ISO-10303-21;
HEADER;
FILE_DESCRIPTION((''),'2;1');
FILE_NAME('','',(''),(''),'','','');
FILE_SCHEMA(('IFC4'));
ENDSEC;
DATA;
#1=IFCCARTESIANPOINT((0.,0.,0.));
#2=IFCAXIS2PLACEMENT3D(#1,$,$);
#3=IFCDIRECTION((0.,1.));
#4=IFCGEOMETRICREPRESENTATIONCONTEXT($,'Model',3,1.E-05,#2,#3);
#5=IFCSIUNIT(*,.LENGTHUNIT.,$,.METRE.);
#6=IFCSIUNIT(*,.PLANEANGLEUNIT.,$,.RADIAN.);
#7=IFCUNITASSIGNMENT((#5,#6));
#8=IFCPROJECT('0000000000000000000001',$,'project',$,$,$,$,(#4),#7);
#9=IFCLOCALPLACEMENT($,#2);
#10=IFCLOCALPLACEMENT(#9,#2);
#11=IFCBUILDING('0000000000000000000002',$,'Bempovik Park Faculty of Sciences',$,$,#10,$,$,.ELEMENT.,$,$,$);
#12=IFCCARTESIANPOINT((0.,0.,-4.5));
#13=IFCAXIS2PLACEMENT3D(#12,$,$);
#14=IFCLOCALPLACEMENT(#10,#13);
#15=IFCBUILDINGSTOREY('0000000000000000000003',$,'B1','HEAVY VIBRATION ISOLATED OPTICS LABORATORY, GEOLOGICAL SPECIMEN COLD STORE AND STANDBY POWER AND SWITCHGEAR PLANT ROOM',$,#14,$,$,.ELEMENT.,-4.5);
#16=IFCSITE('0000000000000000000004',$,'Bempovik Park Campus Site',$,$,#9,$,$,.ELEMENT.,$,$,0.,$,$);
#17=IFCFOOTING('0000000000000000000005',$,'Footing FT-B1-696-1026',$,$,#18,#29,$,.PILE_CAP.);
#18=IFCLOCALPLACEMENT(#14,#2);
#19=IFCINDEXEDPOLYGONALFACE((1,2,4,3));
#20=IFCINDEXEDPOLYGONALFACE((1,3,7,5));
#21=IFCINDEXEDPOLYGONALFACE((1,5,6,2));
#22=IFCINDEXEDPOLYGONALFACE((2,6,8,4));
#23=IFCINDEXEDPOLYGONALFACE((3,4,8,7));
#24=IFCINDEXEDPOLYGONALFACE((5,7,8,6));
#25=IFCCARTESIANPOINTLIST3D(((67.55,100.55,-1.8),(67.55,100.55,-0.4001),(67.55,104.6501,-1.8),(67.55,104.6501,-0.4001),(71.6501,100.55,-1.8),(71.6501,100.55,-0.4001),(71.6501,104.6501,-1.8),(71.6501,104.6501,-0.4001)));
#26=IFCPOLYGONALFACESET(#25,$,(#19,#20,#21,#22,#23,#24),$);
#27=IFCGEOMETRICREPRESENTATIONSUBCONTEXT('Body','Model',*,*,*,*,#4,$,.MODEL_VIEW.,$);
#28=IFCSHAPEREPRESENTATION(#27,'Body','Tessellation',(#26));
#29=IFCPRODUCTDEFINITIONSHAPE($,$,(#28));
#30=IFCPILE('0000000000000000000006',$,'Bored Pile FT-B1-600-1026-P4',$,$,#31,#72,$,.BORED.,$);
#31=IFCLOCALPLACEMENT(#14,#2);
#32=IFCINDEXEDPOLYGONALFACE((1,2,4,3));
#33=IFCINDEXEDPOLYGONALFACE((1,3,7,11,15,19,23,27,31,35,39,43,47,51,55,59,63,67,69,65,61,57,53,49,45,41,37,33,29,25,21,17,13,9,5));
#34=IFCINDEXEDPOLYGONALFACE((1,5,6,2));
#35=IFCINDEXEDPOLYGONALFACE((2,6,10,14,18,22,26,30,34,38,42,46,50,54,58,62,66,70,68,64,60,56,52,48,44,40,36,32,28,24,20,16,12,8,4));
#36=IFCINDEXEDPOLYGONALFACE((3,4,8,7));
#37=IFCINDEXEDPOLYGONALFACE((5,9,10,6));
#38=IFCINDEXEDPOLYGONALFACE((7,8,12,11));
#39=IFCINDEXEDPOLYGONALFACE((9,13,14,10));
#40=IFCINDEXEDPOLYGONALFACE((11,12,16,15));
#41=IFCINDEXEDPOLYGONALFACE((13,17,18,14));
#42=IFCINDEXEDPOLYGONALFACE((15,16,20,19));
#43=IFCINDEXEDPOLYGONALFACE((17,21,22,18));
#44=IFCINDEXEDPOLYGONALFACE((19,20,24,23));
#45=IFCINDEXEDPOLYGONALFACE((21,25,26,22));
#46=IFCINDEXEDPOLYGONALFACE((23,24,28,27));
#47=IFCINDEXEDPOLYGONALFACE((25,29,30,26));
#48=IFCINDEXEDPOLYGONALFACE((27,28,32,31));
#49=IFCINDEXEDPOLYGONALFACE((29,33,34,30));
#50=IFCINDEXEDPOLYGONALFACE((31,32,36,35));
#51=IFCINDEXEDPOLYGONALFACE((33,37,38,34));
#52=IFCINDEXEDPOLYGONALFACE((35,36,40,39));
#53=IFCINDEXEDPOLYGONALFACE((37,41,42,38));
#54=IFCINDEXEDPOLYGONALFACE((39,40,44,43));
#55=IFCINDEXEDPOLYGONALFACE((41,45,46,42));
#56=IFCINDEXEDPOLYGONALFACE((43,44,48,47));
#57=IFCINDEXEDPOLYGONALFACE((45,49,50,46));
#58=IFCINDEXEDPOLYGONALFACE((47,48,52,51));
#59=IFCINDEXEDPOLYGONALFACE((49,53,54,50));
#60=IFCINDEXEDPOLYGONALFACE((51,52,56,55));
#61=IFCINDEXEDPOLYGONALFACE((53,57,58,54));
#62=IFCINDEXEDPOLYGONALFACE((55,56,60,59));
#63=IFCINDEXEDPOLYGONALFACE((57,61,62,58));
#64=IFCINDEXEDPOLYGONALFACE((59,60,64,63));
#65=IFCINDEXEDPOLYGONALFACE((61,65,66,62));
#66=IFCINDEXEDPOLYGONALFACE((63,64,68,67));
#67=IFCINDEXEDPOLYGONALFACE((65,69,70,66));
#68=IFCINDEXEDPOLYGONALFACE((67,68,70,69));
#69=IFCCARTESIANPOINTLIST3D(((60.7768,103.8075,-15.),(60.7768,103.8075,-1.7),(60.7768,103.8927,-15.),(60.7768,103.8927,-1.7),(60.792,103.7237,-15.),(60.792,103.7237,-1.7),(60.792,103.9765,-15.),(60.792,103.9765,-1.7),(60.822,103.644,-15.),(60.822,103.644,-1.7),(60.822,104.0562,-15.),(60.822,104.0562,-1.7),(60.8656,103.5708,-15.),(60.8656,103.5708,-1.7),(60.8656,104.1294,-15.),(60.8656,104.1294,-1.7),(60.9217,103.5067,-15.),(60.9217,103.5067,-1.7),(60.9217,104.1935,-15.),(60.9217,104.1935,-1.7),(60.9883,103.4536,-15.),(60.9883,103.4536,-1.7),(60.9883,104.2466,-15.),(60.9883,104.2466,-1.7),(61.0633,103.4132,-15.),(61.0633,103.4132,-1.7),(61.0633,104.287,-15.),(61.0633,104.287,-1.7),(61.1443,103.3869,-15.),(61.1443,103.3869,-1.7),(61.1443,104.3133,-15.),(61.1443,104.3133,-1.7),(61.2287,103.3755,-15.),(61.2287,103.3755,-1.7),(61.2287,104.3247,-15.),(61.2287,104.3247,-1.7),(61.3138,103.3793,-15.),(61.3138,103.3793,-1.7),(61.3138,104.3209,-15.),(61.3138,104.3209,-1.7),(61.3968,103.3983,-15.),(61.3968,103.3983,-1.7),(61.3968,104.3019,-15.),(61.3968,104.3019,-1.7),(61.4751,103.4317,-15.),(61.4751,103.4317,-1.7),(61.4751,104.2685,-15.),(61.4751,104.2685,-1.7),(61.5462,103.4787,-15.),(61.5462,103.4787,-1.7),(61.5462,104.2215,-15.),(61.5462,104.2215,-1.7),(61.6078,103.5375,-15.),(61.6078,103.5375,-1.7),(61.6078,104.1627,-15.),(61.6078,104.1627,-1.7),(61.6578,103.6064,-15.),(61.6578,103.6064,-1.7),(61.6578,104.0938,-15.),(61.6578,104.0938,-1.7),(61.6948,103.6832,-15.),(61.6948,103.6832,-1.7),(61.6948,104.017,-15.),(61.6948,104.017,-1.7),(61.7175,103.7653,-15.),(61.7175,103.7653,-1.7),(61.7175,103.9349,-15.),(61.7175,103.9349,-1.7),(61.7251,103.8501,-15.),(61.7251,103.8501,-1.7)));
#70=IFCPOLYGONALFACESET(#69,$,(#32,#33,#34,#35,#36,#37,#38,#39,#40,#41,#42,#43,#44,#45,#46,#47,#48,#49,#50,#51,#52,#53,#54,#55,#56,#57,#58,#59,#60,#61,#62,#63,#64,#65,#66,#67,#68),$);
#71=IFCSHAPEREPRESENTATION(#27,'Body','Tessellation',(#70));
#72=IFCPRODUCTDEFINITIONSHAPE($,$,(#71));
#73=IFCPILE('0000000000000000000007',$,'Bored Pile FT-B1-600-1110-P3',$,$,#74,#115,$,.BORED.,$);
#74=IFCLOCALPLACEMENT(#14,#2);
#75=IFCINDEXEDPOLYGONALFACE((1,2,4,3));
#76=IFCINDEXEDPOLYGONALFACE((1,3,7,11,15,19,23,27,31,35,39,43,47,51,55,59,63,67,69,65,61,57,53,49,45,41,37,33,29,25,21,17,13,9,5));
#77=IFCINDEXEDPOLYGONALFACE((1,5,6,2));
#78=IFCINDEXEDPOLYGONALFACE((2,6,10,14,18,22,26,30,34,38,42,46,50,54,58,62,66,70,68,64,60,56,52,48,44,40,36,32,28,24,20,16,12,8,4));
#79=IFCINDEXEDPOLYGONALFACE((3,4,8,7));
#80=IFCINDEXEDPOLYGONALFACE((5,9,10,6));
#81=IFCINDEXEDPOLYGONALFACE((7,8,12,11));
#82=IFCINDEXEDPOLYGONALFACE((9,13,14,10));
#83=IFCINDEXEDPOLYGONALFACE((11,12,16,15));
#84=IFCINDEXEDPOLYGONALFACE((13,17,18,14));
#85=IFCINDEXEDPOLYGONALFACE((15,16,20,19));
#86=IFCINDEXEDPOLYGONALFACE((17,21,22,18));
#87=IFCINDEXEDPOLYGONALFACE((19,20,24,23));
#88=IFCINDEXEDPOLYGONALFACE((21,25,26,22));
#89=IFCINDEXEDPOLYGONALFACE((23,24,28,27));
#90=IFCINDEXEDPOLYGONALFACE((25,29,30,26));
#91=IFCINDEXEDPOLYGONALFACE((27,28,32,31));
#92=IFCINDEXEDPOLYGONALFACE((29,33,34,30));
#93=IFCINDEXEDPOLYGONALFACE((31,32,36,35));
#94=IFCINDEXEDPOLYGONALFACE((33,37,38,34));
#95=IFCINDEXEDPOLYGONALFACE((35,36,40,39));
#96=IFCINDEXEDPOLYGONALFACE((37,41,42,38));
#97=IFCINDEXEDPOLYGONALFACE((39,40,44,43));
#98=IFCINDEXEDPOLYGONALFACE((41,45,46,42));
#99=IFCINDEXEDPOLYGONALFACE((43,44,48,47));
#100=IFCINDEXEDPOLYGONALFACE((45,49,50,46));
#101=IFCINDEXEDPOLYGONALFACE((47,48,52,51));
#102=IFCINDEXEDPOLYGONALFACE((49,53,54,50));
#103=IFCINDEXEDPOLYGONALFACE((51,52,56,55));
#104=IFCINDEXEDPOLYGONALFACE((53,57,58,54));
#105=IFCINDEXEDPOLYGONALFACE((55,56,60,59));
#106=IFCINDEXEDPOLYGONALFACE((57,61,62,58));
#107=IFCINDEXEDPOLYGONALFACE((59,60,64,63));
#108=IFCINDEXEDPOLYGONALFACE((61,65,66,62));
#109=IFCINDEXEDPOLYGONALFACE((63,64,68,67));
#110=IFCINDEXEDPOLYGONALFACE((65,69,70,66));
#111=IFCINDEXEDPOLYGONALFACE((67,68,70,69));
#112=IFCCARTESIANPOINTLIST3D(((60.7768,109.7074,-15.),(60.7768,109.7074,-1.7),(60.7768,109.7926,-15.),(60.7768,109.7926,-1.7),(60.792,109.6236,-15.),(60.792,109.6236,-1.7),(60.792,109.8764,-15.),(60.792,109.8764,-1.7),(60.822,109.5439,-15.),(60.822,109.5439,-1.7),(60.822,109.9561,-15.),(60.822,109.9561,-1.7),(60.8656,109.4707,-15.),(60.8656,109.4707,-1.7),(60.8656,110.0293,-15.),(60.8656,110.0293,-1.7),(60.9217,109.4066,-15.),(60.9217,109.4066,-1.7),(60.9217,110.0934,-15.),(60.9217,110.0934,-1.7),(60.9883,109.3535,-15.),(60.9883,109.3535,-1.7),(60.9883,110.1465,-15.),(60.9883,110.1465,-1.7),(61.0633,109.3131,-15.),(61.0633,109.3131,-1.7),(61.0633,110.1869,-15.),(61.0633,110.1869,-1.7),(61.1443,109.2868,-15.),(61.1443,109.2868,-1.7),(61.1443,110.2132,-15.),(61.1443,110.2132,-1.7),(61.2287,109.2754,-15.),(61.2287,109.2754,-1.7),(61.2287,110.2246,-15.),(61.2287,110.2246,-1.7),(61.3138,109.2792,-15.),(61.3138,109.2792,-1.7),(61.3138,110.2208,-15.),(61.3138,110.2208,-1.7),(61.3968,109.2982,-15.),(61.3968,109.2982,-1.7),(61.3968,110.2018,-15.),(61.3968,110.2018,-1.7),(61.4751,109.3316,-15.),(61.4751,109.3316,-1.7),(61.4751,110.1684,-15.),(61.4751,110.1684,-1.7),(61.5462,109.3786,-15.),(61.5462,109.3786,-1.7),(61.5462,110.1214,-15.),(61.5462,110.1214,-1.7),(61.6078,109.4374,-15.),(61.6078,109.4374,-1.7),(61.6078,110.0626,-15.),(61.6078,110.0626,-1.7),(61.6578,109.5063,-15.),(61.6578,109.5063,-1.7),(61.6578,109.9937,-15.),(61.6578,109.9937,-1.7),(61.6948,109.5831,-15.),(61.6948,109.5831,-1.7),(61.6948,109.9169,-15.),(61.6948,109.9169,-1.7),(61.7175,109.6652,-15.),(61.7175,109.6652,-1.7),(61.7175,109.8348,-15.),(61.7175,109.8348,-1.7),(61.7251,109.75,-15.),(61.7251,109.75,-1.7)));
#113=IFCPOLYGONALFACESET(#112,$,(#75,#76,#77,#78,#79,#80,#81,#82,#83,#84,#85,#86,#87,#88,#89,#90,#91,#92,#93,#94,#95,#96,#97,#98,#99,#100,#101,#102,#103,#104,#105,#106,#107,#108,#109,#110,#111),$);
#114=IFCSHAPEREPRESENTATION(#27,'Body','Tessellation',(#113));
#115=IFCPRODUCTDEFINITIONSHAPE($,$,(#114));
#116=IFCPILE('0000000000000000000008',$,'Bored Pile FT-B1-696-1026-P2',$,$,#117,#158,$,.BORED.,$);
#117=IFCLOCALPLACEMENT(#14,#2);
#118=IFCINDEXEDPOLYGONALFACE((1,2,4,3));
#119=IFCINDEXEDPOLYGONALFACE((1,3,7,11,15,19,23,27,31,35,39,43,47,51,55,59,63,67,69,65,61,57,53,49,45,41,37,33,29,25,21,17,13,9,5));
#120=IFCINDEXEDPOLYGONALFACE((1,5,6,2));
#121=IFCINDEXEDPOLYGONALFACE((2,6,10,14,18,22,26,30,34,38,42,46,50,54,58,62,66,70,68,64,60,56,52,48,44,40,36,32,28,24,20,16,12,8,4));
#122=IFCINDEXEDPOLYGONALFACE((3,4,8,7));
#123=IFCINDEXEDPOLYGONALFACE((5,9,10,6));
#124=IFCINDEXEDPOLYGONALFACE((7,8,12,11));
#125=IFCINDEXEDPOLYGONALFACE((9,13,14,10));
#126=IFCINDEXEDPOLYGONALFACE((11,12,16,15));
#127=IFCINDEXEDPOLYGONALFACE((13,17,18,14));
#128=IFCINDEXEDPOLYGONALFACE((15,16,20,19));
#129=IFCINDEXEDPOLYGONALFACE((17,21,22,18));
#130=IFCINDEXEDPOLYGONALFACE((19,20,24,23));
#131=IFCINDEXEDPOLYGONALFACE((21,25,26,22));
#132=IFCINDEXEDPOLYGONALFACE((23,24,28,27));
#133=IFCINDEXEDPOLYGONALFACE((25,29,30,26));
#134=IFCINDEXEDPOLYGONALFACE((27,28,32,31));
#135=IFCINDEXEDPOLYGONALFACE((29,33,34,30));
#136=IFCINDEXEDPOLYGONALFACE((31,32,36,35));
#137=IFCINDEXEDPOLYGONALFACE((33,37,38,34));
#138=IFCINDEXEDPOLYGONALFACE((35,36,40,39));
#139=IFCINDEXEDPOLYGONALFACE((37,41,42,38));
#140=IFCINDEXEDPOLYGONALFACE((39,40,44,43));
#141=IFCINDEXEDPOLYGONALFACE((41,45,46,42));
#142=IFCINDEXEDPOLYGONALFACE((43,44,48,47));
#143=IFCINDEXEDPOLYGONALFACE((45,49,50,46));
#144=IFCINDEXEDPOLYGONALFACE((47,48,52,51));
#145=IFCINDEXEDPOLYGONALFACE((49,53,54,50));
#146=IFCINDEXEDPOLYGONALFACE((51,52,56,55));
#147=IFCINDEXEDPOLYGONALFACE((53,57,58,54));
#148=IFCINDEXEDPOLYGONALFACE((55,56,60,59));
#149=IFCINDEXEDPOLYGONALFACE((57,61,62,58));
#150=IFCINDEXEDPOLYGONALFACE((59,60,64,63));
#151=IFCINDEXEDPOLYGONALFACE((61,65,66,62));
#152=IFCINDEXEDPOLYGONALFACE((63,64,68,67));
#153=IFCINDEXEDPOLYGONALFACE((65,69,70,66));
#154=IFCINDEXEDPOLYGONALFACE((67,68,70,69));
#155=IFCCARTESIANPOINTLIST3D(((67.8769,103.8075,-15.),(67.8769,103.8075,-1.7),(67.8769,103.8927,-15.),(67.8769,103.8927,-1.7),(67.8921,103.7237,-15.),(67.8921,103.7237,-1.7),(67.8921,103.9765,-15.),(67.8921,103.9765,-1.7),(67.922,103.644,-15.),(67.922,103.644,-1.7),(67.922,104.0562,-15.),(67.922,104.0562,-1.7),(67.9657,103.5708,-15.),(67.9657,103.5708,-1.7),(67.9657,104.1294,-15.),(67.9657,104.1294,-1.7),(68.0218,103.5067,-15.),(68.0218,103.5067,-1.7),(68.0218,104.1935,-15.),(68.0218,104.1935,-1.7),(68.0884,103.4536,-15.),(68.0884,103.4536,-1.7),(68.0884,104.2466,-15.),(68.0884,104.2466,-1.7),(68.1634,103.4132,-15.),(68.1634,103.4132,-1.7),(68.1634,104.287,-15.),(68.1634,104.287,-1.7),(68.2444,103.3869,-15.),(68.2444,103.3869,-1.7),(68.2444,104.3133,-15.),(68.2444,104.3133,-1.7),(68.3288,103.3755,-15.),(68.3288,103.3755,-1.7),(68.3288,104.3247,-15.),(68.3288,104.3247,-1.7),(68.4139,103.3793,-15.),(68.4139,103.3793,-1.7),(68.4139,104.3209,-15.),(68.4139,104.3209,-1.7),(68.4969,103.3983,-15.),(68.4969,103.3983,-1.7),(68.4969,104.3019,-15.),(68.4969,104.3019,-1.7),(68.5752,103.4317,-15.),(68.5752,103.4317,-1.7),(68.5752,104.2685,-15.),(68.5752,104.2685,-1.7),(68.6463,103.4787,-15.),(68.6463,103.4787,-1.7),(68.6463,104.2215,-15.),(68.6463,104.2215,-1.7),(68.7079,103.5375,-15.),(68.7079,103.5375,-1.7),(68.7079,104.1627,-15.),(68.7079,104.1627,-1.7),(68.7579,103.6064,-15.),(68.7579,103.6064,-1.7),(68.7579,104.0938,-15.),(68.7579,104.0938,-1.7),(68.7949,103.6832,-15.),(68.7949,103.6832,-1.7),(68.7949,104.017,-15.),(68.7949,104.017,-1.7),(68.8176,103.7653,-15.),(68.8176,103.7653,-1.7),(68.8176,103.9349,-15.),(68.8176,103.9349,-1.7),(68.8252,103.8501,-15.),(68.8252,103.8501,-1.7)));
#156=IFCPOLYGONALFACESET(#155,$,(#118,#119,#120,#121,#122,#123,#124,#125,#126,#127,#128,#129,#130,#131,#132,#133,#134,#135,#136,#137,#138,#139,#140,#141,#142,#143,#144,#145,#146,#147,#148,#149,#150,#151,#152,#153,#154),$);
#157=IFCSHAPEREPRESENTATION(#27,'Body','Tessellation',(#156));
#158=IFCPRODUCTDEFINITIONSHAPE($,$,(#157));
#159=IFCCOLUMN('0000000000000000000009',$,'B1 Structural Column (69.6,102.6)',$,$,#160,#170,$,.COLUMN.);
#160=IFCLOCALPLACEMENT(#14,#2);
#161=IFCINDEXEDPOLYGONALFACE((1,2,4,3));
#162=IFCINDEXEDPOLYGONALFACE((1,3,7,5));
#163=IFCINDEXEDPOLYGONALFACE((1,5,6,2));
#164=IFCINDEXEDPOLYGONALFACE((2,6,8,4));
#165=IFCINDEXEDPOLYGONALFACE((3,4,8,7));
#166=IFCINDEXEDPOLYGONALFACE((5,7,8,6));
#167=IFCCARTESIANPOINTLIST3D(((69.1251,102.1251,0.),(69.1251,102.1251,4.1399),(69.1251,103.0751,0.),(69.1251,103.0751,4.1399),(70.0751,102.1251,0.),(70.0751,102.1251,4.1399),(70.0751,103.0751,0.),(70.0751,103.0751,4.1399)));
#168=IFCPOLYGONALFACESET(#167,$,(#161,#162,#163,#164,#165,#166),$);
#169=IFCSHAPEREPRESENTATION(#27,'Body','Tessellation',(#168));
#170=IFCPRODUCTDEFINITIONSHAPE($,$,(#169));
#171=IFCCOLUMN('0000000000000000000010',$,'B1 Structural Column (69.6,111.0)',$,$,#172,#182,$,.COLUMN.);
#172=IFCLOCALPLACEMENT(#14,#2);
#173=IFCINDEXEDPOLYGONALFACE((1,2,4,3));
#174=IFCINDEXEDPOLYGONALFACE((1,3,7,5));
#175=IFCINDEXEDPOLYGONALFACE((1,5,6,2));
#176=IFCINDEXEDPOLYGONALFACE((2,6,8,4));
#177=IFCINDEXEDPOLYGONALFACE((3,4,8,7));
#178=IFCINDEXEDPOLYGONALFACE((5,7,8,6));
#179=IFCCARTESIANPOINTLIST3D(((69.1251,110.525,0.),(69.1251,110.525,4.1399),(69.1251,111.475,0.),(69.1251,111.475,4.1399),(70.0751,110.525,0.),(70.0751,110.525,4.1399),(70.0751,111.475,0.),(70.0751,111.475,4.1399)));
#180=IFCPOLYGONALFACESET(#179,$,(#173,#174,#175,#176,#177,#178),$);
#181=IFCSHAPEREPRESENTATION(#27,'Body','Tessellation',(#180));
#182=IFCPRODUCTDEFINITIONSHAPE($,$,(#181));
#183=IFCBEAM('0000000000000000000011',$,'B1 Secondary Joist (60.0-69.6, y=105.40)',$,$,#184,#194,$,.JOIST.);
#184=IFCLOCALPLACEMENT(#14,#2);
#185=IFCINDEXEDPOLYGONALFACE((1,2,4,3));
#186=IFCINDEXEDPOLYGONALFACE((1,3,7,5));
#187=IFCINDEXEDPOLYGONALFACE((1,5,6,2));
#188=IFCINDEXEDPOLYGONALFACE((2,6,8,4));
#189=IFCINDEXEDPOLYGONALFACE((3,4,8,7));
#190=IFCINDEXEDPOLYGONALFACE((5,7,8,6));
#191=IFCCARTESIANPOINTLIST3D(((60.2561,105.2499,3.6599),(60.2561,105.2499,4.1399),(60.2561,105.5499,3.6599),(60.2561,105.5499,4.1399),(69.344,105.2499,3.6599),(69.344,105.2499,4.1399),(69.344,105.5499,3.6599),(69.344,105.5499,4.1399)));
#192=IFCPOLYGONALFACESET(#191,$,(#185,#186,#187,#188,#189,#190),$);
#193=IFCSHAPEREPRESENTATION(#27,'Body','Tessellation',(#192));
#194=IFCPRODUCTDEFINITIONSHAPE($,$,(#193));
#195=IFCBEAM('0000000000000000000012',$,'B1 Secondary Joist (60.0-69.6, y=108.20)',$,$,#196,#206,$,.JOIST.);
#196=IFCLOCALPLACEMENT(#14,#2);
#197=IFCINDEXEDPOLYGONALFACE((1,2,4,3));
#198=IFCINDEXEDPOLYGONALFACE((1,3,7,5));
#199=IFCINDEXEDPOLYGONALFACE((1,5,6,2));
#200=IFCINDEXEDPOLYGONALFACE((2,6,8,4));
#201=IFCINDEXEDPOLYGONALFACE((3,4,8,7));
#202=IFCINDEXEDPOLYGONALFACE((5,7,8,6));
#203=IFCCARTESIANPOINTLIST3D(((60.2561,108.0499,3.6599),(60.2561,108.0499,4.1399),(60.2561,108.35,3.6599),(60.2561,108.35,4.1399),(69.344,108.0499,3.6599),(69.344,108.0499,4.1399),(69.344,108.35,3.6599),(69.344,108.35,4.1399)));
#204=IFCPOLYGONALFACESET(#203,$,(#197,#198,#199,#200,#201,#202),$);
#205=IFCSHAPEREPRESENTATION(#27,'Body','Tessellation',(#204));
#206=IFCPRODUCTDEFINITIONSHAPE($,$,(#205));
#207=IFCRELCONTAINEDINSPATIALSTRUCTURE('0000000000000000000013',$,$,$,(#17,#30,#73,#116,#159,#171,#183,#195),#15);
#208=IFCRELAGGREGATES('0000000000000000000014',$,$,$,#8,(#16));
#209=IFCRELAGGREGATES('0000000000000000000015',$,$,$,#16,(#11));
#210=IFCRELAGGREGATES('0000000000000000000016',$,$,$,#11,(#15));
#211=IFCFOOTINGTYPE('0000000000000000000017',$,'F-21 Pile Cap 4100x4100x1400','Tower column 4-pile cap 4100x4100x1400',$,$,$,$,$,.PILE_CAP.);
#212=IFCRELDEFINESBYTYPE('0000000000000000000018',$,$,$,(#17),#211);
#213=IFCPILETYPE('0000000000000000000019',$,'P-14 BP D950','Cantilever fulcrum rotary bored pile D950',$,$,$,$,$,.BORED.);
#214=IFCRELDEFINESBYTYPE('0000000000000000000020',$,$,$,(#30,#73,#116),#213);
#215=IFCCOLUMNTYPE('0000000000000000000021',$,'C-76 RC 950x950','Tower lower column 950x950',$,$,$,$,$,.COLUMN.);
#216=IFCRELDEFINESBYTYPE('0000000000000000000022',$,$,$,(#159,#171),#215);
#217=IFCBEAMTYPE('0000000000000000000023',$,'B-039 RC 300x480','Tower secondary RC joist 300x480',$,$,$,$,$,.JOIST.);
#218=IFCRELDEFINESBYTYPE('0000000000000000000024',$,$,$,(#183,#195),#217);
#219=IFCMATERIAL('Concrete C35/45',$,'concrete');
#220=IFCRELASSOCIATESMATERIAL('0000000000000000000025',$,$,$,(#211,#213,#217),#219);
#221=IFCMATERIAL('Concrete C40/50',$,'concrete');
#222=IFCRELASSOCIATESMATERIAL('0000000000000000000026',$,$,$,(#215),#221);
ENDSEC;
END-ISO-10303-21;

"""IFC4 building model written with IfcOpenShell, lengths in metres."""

from ifc_helpers import new_model, si_unit, direction, frame, origin, origin_2d, place, context, subcontext, project, spatial, rectangle, circle, extrude, material, material_profile, profile_set, type_object, element, save


model = new_model("IFC4")

# Units and contexts
model_context = context("Model", 3, precision=1e-05, world=origin(), true_north=direction((0.0, 1.0)))
body_context = subcontext(model_context, "Body", "Model", "MODEL_VIEW")
ifc_project = project(units=[si_unit("LENGTHUNIT", "METRE"), si_unit("PLANEANGLEUNIT", "RADIAN")], contexts=[model_context])

# Site, building, storey
site_placement = place(None, origin())
site = spatial("IfcSite", under=ifc_project, at=site_placement, Name="Bempovik Park Campus Site", CompositionType="ELEMENT", RefElevation=0.0)
building_placement = place(site_placement, origin())
building = spatial("IfcBuilding", under=site, at=building_placement, Name="Bempovik Park Faculty of Sciences", CompositionType="ELEMENT")
storey_placement = place(building_placement, frame((0.0, 0.0, -4.5)))
storey = spatial("IfcBuildingStorey", under=building, at=storey_placement, Name="B1", Description="HEAVY VIBRATION ISOLATED OPTICS LABORATORY, GEOLOGICAL SPECIMEN COLD STORE AND STANDBY POWER AND SWITCHGEAR PLANT ROOM", CompositionType="ELEMENT", Elevation=-4.5)

# Footing
ifc_material_1 = material(Name="Concrete C35/45", Category="concrete")
footing_type = type_object("IfcFootingType", Name="F-21 Pile Cap 4100x4100x1400", Description="Tower column 4-pile cap 4100x4100x1400", PredefinedType="PILE_CAP", material=ifc_material_1)
footing_placement = place(storey_placement, frame((69.6001, 102.6001, -1.8), z_axis=(0.0, 0.0, 1.0), x_axis=(1.0, 0.0, 0.0)))
element("IfcFooting", 1, at=footing_placement, inside=storey, type_object=footing_type, Name="Footing FT-B1-696-1026", PredefinedType="PILE_CAP", context=body_context, shape_type="SweptSolid", body=[
    extrude(rectangle(XDim=4.1001, YDim=4.1001, at=origin_2d()), origin(), (0.0, 0.0, 1.0), 1.3999),
])

# Piles
ifc_material_profile_1 = material_profile(ifc_material_1, circle(Radius=0.4751, at=origin_2d()), Name="BP D950")
ifc_profile_set_1 = profile_set([ifc_material_profile_1], Name="Concrete C35/45")
pile_type = type_object("IfcPileType", Name="P-14 BP D950", Description="Cantilever fulcrum rotary bored pile D950", PredefinedType="BORED", material=ifc_profile_set_1)
for number, where, z_axis, x_axis, name in (
    (2, (61.25, 103.8501, -1.7), (0.0, 0.0, -1.0), (1.0, 0.0, 0.0), "Bored Pile FT-B1-600-1026-P4"),
    (3, (61.25, 109.75, -1.7), (0.0, 0.0, -1.0), (1.0, 0.0, 0.0), "Bored Pile FT-B1-600-1110-P3"),
    (4, (68.3501, 103.8501, -1.7), (0.0, 0.0, -1.0), (1.0, 0.0, 0.0), "Bored Pile FT-B1-696-1026-P2"),
):
    element("IfcPile", number, at=place(storey_placement, frame(where, z_axis=z_axis, x_axis=x_axis)), inside=storey, type_object=pile_type, Name=name, PredefinedType="BORED", context=body_context, shape_type="SweptSolid", body=[
        extrude(circle(Radius=0.4751, at=origin_2d()), origin(), (0.0, 0.0, 1.0), 13.3),
    ])

# Columns
ifc_material_2 = material(Name="Concrete C40/50", Category="concrete")
ifc_material_profile_2 = material_profile(ifc_material_2, rectangle(XDim=0.95, YDim=0.95, at=origin_2d()), Name="RC 950x950")
ifc_profile_set_2 = profile_set([ifc_material_profile_2], Name="Concrete C40/50")
column_type = type_object("IfcColumnType", Name="C-76 RC 950x950", Description="Tower lower column 950x950", PredefinedType="COLUMN", material=ifc_profile_set_2)
for number, where, z_axis, x_axis, name in (
    (5, (69.6001, 102.6001, 0.0), (0.0, 0.0, 1.0), (1.0, 0.0, 0.0), "B1 Structural Column (69.6,102.6)"),
    (6, (69.6001, 111.0, 0.0), (0.0, 0.0, 1.0), (1.0, 0.0, 0.0), "B1 Structural Column (69.6,111.0)"),
):
    element("IfcColumn", number, at=place(storey_placement, frame(where, z_axis=z_axis, x_axis=x_axis)), inside=storey, type_object=column_type, Name=name, PredefinedType="COLUMN", context=body_context, shape_type="SweptSolid", body=[
        extrude(rectangle(XDim=0.95, YDim=0.95, at=origin_2d()), origin(), (0.0, 0.0, 1.0), 4.1399),
    ])

# Beams
ifc_material_profile_3 = material_profile(ifc_material_1, rectangle(XDim=0.3, YDim=0.48, at=origin_2d()), Name="RC 300x480")
ifc_profile_set_3 = profile_set([ifc_material_profile_3], Name="Concrete C35/45")
beam_type_1 = type_object("IfcBeamType", Name="B-039 RC 300x480", Description="Tower secondary RC joist 300x480", PredefinedType="JOIST", material=ifc_profile_set_3)
for number, where, z_axis, x_axis, name in (
    (7, (60.2561, 105.3999, 3.8999), (1.0, 0.0, 0.0), (0.0, 1.0, 0.0), "B1 Secondary Joist (60.0-69.6, y=105.40)"),
    (8, (60.2561, 108.2, 3.8999), (1.0, 0.0, 0.0), (0.0, 1.0, 0.0), "B1 Secondary Joist (60.0-69.6, y=108.20)"),
):
    element("IfcBeam", number, at=place(storey_placement, frame(where, z_axis=z_axis, x_axis=x_axis)), inside=storey, type_object=beam_type_1, Name=name, PredefinedType="JOIST", context=body_context, shape_type="SweptSolid", body=[
        extrude(rectangle(XDim=0.3, YDim=0.48, at=origin_2d()), origin(), (0.0, 0.0, 1.0), 9.0879),
    ])

save(model, "model.ifc")
